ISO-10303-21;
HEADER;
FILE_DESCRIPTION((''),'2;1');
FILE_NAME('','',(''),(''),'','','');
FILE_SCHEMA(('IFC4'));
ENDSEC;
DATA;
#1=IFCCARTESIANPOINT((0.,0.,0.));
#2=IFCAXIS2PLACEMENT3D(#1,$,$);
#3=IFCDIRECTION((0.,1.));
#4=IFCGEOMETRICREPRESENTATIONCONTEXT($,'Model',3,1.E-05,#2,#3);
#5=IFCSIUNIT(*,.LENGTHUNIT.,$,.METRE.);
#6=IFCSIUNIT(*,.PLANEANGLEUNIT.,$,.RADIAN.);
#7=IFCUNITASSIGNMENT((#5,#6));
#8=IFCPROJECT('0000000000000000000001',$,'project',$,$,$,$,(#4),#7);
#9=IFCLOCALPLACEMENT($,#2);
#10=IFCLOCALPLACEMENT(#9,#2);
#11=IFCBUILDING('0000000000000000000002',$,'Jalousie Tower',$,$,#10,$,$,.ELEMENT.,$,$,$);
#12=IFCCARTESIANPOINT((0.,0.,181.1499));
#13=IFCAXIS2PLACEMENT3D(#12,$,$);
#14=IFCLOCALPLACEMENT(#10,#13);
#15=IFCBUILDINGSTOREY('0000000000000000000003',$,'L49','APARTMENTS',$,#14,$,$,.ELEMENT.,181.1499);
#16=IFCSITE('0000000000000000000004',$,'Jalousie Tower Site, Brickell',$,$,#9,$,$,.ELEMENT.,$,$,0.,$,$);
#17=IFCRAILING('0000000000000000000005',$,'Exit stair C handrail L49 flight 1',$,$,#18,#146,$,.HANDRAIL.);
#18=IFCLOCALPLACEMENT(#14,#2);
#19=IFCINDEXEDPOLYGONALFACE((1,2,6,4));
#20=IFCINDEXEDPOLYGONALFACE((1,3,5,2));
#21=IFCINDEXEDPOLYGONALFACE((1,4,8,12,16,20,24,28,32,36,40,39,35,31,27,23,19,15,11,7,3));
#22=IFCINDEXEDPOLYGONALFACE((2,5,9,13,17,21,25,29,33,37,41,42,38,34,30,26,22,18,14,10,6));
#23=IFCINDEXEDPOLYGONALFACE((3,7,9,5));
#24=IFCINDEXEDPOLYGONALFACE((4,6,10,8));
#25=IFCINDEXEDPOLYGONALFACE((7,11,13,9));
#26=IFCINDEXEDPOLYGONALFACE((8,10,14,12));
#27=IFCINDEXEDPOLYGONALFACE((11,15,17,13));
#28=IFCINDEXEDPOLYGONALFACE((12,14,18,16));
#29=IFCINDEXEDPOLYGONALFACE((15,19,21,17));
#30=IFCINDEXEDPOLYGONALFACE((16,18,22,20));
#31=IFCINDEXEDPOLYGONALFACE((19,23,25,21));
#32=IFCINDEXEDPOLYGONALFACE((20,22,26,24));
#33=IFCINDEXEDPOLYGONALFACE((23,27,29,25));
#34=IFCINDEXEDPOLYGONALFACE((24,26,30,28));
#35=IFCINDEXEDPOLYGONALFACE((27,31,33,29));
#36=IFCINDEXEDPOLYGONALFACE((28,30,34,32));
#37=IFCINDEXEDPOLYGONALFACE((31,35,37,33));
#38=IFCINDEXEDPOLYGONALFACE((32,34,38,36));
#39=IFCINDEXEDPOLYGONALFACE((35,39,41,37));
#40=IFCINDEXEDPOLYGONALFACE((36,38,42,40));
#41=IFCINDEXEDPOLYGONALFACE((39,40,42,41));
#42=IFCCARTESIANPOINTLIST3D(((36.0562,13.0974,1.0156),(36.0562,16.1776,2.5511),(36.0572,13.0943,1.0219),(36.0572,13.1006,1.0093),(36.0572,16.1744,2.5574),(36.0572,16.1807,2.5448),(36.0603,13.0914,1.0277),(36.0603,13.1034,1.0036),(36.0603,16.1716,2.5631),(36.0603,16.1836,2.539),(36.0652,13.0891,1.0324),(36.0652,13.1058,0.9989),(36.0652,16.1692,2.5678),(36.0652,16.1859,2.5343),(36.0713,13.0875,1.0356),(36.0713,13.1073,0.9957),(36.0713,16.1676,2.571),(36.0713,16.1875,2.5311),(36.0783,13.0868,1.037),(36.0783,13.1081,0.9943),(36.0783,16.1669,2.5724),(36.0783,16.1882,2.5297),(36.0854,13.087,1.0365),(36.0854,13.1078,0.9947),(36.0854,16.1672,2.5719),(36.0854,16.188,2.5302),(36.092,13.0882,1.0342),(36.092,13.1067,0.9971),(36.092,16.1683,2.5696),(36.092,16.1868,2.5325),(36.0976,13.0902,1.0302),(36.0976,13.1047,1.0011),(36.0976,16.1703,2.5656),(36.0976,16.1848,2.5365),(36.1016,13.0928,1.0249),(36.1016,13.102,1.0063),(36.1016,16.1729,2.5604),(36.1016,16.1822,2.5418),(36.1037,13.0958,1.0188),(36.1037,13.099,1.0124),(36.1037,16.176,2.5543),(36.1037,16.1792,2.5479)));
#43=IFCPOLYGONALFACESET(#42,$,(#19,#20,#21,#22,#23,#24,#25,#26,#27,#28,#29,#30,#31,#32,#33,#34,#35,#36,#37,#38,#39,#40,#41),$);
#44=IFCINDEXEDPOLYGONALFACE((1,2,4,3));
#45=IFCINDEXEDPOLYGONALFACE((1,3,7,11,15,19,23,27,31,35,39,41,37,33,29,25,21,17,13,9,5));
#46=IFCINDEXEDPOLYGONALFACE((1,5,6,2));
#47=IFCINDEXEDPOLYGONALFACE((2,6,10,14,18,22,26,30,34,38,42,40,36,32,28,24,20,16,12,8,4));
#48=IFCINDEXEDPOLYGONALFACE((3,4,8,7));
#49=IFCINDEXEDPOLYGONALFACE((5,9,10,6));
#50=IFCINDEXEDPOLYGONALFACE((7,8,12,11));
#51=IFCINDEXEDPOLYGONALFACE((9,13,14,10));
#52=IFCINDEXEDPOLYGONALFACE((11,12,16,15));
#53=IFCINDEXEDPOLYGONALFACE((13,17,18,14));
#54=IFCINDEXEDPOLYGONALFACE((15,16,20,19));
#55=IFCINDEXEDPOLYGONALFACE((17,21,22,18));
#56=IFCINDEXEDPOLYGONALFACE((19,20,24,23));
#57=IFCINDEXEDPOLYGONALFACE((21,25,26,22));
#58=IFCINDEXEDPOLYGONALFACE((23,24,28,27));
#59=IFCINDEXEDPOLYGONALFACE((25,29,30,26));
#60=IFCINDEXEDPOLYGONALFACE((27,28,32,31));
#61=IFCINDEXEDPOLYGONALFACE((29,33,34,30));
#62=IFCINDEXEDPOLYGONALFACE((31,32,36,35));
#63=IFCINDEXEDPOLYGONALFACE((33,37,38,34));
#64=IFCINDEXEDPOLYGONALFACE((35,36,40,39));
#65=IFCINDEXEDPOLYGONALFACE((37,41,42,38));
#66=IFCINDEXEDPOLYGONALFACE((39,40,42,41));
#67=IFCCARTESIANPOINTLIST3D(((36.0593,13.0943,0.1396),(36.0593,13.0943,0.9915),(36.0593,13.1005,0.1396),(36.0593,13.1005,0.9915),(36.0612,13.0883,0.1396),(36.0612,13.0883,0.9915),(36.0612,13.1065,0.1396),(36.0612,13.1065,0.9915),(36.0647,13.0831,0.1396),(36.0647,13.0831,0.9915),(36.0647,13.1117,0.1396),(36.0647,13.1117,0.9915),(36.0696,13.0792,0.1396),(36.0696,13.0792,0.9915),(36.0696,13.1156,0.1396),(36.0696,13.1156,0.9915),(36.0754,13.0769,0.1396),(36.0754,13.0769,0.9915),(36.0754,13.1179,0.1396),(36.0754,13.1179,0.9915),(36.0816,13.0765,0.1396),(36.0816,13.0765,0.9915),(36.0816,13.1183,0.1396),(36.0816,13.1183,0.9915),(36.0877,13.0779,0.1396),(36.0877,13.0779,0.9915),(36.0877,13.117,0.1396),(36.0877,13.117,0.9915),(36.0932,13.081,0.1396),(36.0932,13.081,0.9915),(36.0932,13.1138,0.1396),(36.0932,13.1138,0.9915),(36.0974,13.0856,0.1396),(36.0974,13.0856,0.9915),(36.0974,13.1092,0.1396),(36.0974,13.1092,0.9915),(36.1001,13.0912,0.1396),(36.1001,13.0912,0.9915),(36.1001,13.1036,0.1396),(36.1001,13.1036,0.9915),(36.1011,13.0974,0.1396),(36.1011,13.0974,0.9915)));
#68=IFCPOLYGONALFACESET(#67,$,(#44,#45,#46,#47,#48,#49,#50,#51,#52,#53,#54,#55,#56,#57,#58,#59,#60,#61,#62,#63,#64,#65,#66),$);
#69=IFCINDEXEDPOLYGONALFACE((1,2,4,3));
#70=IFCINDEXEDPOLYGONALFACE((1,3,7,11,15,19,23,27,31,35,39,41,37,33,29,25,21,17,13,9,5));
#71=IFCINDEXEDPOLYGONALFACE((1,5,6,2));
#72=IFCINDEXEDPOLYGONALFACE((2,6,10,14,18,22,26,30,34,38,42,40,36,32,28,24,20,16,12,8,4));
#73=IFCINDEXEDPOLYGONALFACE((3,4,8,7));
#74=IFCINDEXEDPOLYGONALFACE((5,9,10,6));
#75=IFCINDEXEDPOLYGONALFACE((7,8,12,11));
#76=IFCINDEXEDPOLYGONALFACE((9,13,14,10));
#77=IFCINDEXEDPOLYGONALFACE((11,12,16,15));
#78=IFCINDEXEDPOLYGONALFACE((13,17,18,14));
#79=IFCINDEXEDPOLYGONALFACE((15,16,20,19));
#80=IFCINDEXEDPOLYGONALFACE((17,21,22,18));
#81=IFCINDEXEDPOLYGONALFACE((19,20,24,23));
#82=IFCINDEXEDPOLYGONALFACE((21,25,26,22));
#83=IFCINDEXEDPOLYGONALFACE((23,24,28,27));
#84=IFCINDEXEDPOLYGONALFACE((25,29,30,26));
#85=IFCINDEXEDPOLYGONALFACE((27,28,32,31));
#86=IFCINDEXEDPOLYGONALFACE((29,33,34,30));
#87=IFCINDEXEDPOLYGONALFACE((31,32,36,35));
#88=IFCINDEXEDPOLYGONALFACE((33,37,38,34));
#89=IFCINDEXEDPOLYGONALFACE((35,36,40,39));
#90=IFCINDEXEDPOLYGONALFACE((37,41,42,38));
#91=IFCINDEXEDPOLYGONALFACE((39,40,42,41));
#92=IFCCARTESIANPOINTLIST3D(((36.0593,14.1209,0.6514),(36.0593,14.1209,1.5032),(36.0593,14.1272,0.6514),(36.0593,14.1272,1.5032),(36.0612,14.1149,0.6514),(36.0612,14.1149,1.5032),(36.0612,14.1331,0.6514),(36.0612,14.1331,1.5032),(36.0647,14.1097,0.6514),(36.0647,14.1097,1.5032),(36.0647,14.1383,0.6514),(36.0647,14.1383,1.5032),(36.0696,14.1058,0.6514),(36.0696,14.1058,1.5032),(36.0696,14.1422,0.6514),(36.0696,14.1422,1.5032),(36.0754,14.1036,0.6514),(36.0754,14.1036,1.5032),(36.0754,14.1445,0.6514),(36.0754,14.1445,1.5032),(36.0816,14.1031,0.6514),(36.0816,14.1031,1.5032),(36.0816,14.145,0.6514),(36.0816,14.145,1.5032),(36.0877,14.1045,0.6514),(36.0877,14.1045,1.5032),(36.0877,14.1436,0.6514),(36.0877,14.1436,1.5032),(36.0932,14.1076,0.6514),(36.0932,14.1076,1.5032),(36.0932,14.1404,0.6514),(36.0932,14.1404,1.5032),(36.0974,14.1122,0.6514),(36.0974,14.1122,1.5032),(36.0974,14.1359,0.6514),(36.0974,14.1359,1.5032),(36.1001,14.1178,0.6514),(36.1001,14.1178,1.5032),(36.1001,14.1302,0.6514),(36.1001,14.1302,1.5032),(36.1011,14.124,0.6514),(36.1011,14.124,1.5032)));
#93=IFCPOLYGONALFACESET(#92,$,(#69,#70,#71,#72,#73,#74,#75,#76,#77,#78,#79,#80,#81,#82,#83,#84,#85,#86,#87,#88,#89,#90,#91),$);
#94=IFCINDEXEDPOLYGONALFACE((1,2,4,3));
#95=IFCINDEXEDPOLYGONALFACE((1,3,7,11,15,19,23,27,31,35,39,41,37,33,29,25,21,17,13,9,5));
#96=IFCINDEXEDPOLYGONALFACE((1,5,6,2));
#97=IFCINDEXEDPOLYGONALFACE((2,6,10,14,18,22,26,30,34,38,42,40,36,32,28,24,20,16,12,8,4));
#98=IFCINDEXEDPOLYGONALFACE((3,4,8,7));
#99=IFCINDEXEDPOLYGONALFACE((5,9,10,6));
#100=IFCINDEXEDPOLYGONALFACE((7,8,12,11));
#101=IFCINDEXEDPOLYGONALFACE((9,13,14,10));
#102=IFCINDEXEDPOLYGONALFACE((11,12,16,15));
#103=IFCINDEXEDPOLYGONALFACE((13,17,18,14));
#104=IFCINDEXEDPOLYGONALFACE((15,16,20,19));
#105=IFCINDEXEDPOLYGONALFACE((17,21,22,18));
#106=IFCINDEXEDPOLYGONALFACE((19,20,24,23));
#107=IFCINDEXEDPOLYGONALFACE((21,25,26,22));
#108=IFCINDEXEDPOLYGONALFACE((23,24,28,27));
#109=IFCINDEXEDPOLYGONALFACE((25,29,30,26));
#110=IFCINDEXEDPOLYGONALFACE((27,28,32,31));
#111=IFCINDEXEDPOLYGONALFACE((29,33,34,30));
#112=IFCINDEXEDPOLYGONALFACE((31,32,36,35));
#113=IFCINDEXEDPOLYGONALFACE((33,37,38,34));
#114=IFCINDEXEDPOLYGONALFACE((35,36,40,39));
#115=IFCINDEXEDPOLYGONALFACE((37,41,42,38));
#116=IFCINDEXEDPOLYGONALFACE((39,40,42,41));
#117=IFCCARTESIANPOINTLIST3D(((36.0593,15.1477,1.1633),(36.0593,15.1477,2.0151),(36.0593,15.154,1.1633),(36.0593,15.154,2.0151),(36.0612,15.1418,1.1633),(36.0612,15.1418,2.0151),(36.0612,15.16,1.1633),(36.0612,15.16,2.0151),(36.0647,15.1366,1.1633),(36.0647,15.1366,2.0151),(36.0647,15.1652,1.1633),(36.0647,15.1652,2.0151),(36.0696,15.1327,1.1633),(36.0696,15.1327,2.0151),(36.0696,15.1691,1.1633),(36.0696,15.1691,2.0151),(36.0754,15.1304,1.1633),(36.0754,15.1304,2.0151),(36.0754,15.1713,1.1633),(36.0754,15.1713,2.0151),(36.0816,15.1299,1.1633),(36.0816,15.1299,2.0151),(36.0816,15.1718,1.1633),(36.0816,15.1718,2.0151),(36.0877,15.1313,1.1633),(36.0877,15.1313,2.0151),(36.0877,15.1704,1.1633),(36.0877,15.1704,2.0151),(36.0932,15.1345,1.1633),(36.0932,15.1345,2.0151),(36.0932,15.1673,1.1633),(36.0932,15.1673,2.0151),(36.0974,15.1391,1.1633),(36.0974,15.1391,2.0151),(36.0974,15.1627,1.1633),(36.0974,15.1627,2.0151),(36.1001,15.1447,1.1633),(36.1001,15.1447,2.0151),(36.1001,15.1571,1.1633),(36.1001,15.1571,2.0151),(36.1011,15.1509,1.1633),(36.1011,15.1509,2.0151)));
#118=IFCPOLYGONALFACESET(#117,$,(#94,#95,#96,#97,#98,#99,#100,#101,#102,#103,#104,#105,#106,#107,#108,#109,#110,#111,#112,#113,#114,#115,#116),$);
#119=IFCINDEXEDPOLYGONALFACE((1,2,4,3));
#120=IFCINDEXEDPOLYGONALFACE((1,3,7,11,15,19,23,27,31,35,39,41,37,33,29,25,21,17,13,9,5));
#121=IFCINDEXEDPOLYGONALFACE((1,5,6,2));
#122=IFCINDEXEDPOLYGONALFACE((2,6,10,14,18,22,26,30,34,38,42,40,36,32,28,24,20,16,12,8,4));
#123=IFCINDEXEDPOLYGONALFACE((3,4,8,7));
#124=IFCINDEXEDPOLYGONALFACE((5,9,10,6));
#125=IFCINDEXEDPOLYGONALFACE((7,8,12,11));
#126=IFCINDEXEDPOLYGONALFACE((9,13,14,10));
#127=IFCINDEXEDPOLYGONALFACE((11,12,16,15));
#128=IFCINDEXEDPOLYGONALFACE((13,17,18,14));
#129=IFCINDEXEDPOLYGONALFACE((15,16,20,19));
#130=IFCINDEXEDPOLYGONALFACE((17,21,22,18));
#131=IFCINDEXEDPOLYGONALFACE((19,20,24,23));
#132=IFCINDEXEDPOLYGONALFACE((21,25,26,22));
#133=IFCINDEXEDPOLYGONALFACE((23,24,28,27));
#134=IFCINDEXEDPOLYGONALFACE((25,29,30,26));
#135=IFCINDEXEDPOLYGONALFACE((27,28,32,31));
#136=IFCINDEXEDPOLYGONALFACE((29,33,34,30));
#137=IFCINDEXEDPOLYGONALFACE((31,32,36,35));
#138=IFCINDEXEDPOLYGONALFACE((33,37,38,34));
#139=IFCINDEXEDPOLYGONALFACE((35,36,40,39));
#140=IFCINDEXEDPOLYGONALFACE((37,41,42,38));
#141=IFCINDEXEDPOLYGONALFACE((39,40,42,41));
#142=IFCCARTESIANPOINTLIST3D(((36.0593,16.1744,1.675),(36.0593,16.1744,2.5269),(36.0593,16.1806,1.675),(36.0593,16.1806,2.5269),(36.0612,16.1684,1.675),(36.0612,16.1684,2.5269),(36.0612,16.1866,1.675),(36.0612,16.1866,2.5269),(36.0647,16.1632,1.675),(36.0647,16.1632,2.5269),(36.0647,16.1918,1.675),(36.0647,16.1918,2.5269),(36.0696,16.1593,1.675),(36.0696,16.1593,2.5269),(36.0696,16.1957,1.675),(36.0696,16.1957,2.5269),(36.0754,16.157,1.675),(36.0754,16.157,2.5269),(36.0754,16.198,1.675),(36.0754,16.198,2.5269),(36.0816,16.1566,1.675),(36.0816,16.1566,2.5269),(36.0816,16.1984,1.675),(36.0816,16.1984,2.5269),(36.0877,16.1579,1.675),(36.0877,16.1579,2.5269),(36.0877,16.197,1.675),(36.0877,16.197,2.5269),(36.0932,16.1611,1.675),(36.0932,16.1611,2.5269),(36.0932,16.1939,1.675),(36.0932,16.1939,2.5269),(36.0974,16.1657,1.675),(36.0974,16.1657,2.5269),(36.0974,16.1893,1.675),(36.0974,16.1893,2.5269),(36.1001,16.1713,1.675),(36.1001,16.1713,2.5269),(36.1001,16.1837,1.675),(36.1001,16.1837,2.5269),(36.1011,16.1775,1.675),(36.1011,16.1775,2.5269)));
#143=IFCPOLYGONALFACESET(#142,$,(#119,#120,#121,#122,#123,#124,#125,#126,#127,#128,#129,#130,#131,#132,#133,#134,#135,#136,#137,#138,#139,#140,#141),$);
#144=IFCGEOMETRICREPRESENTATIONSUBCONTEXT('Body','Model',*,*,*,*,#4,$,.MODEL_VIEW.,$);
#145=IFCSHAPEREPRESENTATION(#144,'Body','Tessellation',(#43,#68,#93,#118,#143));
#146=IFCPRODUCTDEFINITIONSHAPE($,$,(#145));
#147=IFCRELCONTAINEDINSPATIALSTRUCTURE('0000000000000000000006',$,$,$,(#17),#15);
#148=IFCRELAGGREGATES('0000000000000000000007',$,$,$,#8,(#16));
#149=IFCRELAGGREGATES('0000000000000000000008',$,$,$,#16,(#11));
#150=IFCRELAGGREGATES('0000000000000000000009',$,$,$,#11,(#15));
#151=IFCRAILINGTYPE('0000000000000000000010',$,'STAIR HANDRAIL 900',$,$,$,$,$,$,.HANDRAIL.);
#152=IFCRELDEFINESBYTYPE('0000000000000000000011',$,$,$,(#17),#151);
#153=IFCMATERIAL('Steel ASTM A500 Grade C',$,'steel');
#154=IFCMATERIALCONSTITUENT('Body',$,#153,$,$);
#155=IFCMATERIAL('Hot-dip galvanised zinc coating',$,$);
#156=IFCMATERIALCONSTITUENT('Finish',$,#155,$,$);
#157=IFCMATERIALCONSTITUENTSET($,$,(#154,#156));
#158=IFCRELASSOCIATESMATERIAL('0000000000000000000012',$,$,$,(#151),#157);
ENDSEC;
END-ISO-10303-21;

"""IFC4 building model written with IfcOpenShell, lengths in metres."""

from ifc_helpers import new_model, si_unit, direction, frame, origin, origin_2d, place, context, subcontext, project, spatial, circle, extrude, material, constituent, constituent_set, type_object, element, save


model = new_model("IFC4")

# Units and contexts
model_context = context("Model", 3, precision=1e-05, world=origin(), true_north=direction((0.0, 1.0)))
body_context = subcontext(model_context, "Body", "Model", "MODEL_VIEW")
ifc_project = project(units=[si_unit("LENGTHUNIT", "METRE"), si_unit("PLANEANGLEUNIT", "RADIAN")], contexts=[model_context])

# Site, building, storey
site_placement = place(None, origin())
site = spatial("IfcSite", under=ifc_project, at=site_placement, Name="Jalousie Tower Site, Brickell", CompositionType="ELEMENT", RefElevation=0.0)
building_placement = place(site_placement, origin())
building = spatial("IfcBuilding", under=site, at=building_placement, Name="Jalousie Tower", CompositionType="ELEMENT")
storey_placement = place(building_placement, frame((0.0, 0.0, 181.1499)))
storey = spatial("IfcBuildingStorey", under=building, at=storey_placement, Name="L49", Description="APARTMENTS", CompositionType="ELEMENT", Elevation=181.1499)

# Railing
ifc_material_1 = material(Name="Steel ASTM A500 Grade C", Category="steel")
ifc_constituent_1 = constituent(ifc_material_1, Name="Body")
ifc_material_2 = material(Name="Hot-dip galvanised zinc coating")
ifc_constituent_2 = constituent(ifc_material_2, Name="Finish")
ifc_constituent_set_1 = constituent_set(constituents=[ifc_constituent_1, ifc_constituent_2])
railing_type_1 = type_object("IfcRailingType", Name="STAIR HANDRAIL 900", PredefinedType="HANDRAIL", material=ifc_constituent_set_1)
railing_1_placement = place(storey_placement, frame((36.0801, 13.0974, 0.1396)))
element("IfcRailing", 1, at=railing_1_placement, inside=storey, type_object=railing_type_1, Name="Exit stair C handrail L49 flight 1", PredefinedType="HANDRAIL", context=body_context, shape_type="SweptSolid", body=[
    extrude(circle(Radius=0.0239, at=origin_2d()), frame((0.0, 0.0, 0.876), z_axis=(0.0, 0.894966, 0.446135), x_axis=(-1.0, 0.0, 0.0)), (0.0, 0.0, 1.0), 3.4417),
    extrude(circle(Radius=0.021, at=origin_2d()), origin(), (0.0, 0.0, 1.0), 0.8518),
    extrude(circle(Radius=0.021, at=origin_2d()), frame((0.0, 1.0266, 0.5117)), (0.0, 0.0, 1.0), 0.8518),
    extrude(circle(Radius=0.021, at=origin_2d()), frame((0.0, 2.0535, 1.0237)), (0.0, 0.0, 1.0), 0.8518),
    extrude(circle(Radius=0.021, at=origin_2d()), frame((0.0, 3.0801, 1.5354)), (0.0, 0.0, 1.0), 0.8518),
])

save(model, "model.ifc")
